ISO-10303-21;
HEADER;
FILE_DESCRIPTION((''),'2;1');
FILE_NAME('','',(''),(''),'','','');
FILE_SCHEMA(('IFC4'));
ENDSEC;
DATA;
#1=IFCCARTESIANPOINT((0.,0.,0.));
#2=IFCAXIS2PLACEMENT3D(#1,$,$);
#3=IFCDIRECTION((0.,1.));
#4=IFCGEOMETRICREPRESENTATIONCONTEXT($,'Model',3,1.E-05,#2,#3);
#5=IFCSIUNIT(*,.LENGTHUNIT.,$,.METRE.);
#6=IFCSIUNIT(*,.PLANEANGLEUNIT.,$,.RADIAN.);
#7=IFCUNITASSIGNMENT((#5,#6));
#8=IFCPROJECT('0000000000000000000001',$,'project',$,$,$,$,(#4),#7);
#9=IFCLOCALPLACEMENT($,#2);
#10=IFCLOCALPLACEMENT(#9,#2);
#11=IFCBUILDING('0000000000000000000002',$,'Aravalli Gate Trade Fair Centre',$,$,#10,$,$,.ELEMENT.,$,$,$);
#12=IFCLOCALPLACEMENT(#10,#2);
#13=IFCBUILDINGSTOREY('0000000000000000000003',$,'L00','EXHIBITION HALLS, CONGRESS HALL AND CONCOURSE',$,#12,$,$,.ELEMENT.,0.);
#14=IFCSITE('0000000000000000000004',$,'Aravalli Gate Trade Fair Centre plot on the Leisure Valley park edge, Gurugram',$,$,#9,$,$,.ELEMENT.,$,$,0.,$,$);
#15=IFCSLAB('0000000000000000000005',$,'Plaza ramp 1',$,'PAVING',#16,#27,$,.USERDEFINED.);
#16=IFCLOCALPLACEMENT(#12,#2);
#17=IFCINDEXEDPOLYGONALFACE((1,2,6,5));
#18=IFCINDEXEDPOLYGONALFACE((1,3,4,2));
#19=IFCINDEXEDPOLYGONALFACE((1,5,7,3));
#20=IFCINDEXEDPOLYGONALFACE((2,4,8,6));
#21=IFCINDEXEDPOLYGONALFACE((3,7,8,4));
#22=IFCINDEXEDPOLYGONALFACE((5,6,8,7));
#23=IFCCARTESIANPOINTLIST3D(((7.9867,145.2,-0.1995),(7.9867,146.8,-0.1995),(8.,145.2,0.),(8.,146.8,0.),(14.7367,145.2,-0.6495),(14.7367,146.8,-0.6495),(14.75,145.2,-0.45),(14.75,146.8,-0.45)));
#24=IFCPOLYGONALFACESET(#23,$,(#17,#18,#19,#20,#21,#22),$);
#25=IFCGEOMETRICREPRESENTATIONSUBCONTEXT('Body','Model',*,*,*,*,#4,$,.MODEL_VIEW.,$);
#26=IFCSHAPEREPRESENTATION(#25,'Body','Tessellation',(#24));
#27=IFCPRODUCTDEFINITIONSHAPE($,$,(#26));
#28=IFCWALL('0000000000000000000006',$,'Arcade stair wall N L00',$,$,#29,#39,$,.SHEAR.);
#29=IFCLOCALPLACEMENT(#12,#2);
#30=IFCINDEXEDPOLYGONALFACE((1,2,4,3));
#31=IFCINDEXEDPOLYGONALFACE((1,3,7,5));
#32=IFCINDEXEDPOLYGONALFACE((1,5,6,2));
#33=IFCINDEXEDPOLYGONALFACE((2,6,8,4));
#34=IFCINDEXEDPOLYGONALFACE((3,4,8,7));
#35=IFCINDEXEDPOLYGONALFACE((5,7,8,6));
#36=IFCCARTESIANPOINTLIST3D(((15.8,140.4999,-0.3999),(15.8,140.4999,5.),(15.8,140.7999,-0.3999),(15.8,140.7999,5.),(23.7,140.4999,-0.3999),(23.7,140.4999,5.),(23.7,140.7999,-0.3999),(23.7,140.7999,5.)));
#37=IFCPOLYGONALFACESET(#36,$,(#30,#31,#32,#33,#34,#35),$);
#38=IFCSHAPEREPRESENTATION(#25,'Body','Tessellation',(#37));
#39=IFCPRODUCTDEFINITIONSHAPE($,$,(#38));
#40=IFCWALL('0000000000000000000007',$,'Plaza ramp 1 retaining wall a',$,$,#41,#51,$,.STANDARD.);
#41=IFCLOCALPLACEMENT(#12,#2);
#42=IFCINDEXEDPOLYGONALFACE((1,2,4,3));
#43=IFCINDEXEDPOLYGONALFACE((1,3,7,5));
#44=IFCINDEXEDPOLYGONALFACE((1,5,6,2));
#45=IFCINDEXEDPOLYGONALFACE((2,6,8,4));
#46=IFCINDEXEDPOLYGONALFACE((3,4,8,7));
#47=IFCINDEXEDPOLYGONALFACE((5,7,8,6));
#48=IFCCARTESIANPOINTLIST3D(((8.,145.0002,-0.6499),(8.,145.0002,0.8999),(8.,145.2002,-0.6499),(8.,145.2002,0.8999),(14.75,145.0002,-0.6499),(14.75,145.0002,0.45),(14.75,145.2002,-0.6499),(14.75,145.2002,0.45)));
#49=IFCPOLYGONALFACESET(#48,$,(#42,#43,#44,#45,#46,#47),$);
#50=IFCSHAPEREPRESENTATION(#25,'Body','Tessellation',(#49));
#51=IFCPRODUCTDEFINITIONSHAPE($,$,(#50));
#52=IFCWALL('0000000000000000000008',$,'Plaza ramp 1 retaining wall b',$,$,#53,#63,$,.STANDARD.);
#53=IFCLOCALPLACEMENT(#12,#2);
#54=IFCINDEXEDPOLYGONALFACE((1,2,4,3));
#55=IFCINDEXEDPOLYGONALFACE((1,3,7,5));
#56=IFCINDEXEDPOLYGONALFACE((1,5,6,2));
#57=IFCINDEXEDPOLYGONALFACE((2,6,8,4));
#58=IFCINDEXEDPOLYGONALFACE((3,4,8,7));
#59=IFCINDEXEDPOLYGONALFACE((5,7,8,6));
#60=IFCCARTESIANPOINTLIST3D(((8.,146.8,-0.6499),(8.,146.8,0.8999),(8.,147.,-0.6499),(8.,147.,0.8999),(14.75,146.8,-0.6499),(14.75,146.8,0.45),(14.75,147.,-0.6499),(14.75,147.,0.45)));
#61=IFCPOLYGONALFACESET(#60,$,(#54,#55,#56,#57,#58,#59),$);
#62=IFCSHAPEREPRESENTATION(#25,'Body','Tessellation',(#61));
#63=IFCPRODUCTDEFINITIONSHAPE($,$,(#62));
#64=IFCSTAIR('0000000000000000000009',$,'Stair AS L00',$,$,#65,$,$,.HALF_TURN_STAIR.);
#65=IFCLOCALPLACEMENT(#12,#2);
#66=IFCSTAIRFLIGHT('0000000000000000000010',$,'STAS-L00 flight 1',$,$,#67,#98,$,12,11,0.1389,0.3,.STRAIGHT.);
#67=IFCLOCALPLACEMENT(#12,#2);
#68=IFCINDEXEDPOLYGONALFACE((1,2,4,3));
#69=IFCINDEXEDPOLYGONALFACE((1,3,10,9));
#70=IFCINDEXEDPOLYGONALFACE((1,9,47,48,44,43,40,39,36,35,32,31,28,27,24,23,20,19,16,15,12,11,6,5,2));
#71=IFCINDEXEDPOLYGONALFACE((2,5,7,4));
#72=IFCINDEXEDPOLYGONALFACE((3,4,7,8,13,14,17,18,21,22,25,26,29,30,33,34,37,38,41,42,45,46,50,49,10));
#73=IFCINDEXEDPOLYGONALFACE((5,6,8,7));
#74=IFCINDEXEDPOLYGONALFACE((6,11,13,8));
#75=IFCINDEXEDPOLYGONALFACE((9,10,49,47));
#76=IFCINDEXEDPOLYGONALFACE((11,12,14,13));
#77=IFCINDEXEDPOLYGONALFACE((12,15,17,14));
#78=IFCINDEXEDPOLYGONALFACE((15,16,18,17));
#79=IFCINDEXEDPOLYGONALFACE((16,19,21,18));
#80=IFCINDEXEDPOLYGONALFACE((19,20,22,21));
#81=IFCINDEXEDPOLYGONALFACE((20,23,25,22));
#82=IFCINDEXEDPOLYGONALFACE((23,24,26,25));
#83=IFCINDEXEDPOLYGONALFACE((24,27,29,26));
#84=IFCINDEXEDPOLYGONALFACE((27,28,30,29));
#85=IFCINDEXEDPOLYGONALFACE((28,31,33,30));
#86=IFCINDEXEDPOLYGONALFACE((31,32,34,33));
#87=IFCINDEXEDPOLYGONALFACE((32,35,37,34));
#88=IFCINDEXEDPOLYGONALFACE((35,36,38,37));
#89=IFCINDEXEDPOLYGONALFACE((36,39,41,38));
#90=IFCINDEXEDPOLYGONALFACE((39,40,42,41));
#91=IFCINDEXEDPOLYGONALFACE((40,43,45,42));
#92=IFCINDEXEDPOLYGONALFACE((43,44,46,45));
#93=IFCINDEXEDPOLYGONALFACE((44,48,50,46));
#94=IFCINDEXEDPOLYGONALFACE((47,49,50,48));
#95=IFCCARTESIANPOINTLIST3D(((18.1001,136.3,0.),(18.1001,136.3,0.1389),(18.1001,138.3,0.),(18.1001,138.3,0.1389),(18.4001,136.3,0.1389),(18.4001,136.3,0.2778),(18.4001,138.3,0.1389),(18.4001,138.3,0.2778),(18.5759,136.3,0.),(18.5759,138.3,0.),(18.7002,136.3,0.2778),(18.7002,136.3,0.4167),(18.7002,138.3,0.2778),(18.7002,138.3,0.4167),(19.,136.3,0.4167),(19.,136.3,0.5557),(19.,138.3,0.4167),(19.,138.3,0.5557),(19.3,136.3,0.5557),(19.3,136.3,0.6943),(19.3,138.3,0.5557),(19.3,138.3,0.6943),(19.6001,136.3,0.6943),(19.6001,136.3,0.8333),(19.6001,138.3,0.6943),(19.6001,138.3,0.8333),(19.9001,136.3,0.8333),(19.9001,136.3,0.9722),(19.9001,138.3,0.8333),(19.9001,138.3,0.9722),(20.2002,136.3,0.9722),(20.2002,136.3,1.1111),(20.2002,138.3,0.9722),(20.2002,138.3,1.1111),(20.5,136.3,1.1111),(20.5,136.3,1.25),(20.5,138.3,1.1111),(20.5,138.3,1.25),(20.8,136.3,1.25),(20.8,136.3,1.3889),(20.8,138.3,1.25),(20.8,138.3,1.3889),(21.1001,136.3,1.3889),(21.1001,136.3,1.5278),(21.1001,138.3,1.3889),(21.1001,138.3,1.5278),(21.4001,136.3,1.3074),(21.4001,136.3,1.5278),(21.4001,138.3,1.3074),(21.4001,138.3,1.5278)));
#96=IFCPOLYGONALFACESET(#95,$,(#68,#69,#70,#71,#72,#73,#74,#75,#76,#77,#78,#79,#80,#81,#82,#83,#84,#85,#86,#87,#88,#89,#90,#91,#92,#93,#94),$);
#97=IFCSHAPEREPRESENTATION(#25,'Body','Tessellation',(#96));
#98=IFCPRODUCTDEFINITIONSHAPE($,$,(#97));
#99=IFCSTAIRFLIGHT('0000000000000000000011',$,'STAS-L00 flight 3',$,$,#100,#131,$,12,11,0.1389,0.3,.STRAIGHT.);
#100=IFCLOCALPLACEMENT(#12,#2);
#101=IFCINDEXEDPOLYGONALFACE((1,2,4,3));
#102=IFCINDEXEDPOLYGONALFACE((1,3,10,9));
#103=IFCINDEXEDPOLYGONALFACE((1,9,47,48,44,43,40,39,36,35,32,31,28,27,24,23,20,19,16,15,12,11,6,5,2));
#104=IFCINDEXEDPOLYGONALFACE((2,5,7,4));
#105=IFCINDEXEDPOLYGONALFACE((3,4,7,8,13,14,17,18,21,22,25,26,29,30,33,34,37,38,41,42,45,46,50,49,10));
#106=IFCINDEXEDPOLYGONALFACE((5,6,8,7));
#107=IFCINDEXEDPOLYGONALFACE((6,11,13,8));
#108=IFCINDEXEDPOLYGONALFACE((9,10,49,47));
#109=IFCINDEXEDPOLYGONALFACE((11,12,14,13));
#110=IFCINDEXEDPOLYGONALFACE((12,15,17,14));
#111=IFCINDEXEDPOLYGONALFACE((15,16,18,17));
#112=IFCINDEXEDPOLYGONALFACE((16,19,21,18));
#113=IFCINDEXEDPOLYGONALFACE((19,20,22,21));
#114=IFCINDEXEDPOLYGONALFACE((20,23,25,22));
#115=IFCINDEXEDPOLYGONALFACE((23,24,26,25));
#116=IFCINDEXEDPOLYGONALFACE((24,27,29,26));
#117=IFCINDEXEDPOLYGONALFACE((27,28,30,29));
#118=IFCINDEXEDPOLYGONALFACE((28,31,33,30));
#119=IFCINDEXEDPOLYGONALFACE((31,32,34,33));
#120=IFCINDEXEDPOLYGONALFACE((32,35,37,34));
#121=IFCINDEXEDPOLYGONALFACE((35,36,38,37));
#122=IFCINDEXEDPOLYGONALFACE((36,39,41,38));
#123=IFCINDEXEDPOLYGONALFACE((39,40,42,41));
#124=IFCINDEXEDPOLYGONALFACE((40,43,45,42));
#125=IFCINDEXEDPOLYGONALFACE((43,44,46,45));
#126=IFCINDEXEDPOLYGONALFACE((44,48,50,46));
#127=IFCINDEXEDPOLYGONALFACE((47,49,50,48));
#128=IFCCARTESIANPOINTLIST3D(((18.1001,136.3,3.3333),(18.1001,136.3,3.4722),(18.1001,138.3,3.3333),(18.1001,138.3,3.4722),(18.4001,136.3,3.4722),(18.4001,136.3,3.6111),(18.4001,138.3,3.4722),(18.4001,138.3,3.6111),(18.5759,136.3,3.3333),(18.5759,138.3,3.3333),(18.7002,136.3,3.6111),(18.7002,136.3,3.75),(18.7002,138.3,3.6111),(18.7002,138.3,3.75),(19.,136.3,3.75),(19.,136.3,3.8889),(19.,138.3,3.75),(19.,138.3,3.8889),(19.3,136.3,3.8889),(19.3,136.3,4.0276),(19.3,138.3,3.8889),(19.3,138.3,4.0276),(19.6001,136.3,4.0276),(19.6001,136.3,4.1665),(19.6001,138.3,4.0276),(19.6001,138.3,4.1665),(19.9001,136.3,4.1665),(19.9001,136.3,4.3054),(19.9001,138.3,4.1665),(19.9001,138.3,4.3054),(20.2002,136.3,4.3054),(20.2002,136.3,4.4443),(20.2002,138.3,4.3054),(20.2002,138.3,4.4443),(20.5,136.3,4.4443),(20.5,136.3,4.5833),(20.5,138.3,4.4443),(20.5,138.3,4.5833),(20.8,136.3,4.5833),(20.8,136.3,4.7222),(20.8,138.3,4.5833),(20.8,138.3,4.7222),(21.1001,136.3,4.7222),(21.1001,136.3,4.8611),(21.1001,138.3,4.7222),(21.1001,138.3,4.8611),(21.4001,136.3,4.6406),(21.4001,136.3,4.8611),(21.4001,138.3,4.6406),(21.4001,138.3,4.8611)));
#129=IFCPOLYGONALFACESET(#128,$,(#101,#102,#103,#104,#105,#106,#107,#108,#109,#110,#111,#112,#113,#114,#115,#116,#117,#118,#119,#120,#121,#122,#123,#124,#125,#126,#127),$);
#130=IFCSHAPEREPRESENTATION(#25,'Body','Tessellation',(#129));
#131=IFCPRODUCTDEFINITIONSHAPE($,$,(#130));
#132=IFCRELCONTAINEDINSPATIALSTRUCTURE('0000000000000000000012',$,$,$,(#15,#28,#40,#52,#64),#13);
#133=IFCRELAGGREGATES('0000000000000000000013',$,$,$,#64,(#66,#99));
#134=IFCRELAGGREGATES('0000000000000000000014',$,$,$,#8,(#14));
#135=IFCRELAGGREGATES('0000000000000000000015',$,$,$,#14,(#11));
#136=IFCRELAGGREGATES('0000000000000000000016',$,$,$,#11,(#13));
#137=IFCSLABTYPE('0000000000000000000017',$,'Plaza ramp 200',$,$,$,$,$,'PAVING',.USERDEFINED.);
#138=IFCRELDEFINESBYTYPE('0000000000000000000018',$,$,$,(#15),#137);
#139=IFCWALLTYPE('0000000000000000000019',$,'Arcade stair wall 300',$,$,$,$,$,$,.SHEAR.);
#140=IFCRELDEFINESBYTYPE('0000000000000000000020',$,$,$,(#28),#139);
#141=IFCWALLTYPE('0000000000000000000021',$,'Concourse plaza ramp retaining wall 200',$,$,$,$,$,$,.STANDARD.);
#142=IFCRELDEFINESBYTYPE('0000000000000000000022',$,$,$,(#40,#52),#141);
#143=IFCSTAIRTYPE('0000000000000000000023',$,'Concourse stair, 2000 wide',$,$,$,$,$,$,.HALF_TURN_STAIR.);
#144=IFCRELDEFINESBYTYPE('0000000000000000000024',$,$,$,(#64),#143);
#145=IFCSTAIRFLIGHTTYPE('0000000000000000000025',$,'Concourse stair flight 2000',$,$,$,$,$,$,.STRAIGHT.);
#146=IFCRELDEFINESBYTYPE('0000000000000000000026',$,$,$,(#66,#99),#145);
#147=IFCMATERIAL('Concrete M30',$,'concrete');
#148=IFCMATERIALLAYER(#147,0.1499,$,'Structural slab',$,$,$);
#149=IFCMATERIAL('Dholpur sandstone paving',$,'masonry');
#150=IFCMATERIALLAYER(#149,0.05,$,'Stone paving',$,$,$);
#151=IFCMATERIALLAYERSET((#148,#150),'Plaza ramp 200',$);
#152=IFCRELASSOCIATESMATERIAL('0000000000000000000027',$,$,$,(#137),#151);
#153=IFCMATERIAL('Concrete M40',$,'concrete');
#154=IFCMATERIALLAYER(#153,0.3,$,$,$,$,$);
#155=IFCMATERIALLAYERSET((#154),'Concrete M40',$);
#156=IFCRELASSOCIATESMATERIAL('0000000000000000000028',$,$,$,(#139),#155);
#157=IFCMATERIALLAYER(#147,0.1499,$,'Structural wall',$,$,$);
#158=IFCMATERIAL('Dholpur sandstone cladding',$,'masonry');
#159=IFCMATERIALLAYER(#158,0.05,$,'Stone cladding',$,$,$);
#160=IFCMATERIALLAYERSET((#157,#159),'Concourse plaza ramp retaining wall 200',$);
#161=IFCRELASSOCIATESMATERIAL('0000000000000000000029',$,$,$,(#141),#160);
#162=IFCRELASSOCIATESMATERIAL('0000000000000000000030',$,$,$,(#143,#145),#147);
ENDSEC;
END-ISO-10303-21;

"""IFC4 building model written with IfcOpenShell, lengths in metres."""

from ifc_helpers import new_model, si_unit, direction, frame, frame_2d, origin, place, context, subcontext, project, spatial, polyline, rectangle, outline, extrude, material, layer, layer_set, type_object, element, aggregate, save


model = new_model("IFC4")

# Units and contexts
model_context = context("Model", 3, precision=1e-05, world=origin(), true_north=direction((0.0, 1.0)))
body_context = subcontext(model_context, "Body", "Model", "MODEL_VIEW")
ifc_project = project(units=[si_unit("LENGTHUNIT", "METRE"), si_unit("PLANEANGLEUNIT", "RADIAN")], contexts=[model_context])

# Site, building, storey
site_placement = place(None, origin())
site = spatial("IfcSite", under=ifc_project, at=site_placement, Name="Aravalli Gate Trade Fair Centre plot on the Leisure Valley park edge, Gurugram", CompositionType="ELEMENT", RefElevation=0.0)
building_placement = place(site_placement, origin())
building = spatial("IfcBuilding", under=site, at=building_placement, Name="Aravalli Gate Trade Fair Centre", CompositionType="ELEMENT")
storey_placement = place(building_placement, origin())
storey = spatial("IfcBuildingStorey", under=building, at=storey_placement, Name="L00", Description="EXHIBITION HALLS, CONGRESS HALL AND CONCOURSE", CompositionType="ELEMENT", Elevation=0.0)

# Slab
ifc_material_1 = material(Name="Concrete M30", Category="concrete")
ifc_layer_1 = layer(ifc_material_1, 0.1499, Name="Structural slab")
ifc_material_2 = material(Name="Dholpur sandstone paving", Category="masonry")
ifc_layer_2 = layer(ifc_material_2, 0.05, Name="Stone paving")
ifc_layer_set_1 = layer_set([ifc_layer_1, ifc_layer_2], Name="Plaza ramp 200")
slab_type = type_object("IfcSlabType", Name="Plaza ramp 200", ElementType="PAVING", PredefinedType="USERDEFINED", material=ifc_layer_set_1)
slab_placement = place(storey_placement, frame((8.0, 145.2, 0.0), z_axis=(0.066512, 0.0, 0.997786), x_axis=(0.0, 1.0, 0.0)))
element("IfcSlab", 1, at=slab_placement, inside=storey, type_object=slab_type, Name="Plaza ramp 1", ObjectType="PAVING", PredefinedType="USERDEFINED", context=body_context, shape_type="SweptSolid", body=[
    extrude(outline(polyline([(0.0, 0.0), (1.6001, 0.0), (1.6001, -6.765), (0.0, -6.765), (0.0, 0.0)])), origin(), (0.0, 0.0, -1.0), 0.2),
])

# Walls
ifc_material_3 = material(Name="Concrete M40", Category="concrete")
ifc_layer_3 = layer(ifc_material_3, 0.3)
ifc_layer_set_2 = layer_set([ifc_layer_3], Name="Concrete M40")
wall_type_1 = type_object("IfcWallType", Name="Arcade stair wall 300", PredefinedType="SHEAR", material=ifc_layer_set_2)
wall_placement = place(storey_placement, frame((15.8, 140.6499, -0.3999), z_axis=(0.0, 0.0, 1.0), x_axis=(1.0, 0.0, 0.0)))
element("IfcWall", 2, at=wall_placement, inside=storey, type_object=wall_type_1, Name="Arcade stair wall N L00", PredefinedType="SHEAR", context=body_context, shape_type="SweptSolid", body=[
    extrude(rectangle(XDim=7.8999, YDim=0.3, at=frame_2d((3.95, 0.0))), origin(), (0.0, 0.0, 1.0), 5.3999),
])
ifc_layer_4 = layer(ifc_material_1, 0.1499, Name="Structural wall")
ifc_material_4 = material(Name="Dholpur sandstone cladding", Category="masonry")
ifc_layer_5 = layer(ifc_material_4, 0.05, Name="Stone cladding")
ifc_layer_set_3 = layer_set([ifc_layer_4, ifc_layer_5], Name="Concourse plaza ramp retaining wall 200")
wall_type_2 = type_object("IfcWallType", Name="Concourse plaza ramp retaining wall 200", PredefinedType="STANDARD", material=ifc_layer_set_3)
for number, where, z_axis, x_axis, name in (
    (3, (8.0, 145.1001, -0.6499), (0.0, 0.0, 1.0), (1.0, 0.0, 0.0), "Plaza ramp 1 retaining wall a"),
    (4, (8.0, 146.8999, -0.6499), (0.0, 0.0, 1.0), (1.0, 0.0, 0.0), "Plaza ramp 1 retaining wall b"),
):
    element("IfcWall", number, at=place(storey_placement, frame(where, z_axis=z_axis, x_axis=x_axis)), inside=storey, type_object=wall_type_2, Name=name, PredefinedType="STANDARD", context=body_context, shape_type="SweptSolid", body=[
        extrude(outline(polyline([(0.0, 0.0), (6.75, 0.0), (6.75, 1.0999), (0.0, 1.5498), (0.0, 0.0)])), frame((0.0, 0.1001, 0.0), z_axis=(0.0, -1.0, 0.0), x_axis=(1.0, 0.0, 0.0)), (0.0, 0.0, 1.0), 0.2),
    ])

# Stair, stair flights
stair_type = type_object("IfcStairType", Name="Concourse stair, 2000 wide", PredefinedType="HALF_TURN_STAIR", material=ifc_material_1)
stair_placement = place(storey_placement, origin())
stair = element("IfcStair", 5, at=stair_placement, inside=storey, type_object=stair_type, Name="Stair AS L00", PredefinedType="HALF_TURN_STAIR")
stair_flight_type = type_object("IfcStairFlightType", Name="Concourse stair flight 2000", PredefinedType="STRAIGHT", material=ifc_material_1)
stair_flight_1_placement = place(storey_placement, frame((18.1001, 137.3, 0.0), z_axis=(0.0, 0.0, 1.0), x_axis=(1.0, 0.0, 0.0)))
stair_flight_1 = element("IfcStairFlight", 6, at=stair_flight_1_placement, type_object=stair_flight_type, Name="STAS-L00 flight 1", NumberOfRisers=12, NumberOfTreads=11, PredefinedType="STRAIGHT", RiserHeight=0.1389, TreadLength=0.3, context=body_context, shape_type="SweptSolid", body=[
    extrude(outline(polyline([(0.0, 0.0), (0.0, 0.1389), (0.3, 0.1389), (0.3, 0.2778), (0.6001, 0.2778), (0.6001, 0.4167), (0.8999, 0.4167), (0.8999, 0.5557), (1.2, 0.5557), (1.2, 0.6943), (1.5, 0.6943), (1.5, 0.8333), (1.8, 0.8333), (1.8, 0.9722), (2.1001, 0.9722), (2.1001, 1.1111), (2.3999, 1.1111), (2.3999, 1.25), (2.7, 1.25), (2.7, 1.3889), (3.0, 1.3889), (3.0, 1.5278), (3.3, 1.5278), (3.3, 1.6667), (3.3, 1.3074), (0.4758, 0.0), (0.0, 0.0)])), frame((0.0, 1.0, 0.0), z_axis=(0.0, -1.0, 0.0), x_axis=(1.0, 0.0, 0.0)), (0.0, 0.0, 1.0), 2.0),
])
stair_flight_2_placement = place(storey_placement, frame((18.1001, 137.3, 3.3333), z_axis=(0.0, 0.0, 1.0), x_axis=(1.0, 0.0, 0.0)))
stair_flight_2 = element("IfcStairFlight", 7, at=stair_flight_2_placement, type_object=stair_flight_type, Name="STAS-L00 flight 3", NumberOfRisers=12, NumberOfTreads=11, PredefinedType="STRAIGHT", RiserHeight=0.1389, TreadLength=0.3, context=body_context, shape_type="SweptSolid", body=[
    extrude(outline(polyline([(0.0, 0.0), (0.0, 0.1389), (0.3, 0.1389), (0.3, 0.2778), (0.6001, 0.2778), (0.6001, 0.4167), (0.8999, 0.4167), (0.8999, 0.5557), (1.2, 0.5557), (1.2, 0.6943), (1.5, 0.6943), (1.5, 0.8333), (1.8, 0.8333), (1.8, 0.9722), (2.1001, 0.9722), (2.1001, 1.1111), (2.3999, 1.1111), (2.3999, 1.25), (2.7, 1.25), (2.7, 1.3889), (3.0, 1.3889), (3.0, 1.5278), (3.3, 1.5278), (3.3, 1.6667), (3.3, 1.3074), (0.4758, 0.0), (0.0, 0.0)])), frame((0.0, 1.0, 0.0), z_axis=(0.0, -1.0, 0.0), x_axis=(1.0, 0.0, 0.0)), (0.0, 0.0, 1.0), 2.0),
])
aggregate(stair, [stair_flight_1, stair_flight_2])

save(model, "model.ifc")
